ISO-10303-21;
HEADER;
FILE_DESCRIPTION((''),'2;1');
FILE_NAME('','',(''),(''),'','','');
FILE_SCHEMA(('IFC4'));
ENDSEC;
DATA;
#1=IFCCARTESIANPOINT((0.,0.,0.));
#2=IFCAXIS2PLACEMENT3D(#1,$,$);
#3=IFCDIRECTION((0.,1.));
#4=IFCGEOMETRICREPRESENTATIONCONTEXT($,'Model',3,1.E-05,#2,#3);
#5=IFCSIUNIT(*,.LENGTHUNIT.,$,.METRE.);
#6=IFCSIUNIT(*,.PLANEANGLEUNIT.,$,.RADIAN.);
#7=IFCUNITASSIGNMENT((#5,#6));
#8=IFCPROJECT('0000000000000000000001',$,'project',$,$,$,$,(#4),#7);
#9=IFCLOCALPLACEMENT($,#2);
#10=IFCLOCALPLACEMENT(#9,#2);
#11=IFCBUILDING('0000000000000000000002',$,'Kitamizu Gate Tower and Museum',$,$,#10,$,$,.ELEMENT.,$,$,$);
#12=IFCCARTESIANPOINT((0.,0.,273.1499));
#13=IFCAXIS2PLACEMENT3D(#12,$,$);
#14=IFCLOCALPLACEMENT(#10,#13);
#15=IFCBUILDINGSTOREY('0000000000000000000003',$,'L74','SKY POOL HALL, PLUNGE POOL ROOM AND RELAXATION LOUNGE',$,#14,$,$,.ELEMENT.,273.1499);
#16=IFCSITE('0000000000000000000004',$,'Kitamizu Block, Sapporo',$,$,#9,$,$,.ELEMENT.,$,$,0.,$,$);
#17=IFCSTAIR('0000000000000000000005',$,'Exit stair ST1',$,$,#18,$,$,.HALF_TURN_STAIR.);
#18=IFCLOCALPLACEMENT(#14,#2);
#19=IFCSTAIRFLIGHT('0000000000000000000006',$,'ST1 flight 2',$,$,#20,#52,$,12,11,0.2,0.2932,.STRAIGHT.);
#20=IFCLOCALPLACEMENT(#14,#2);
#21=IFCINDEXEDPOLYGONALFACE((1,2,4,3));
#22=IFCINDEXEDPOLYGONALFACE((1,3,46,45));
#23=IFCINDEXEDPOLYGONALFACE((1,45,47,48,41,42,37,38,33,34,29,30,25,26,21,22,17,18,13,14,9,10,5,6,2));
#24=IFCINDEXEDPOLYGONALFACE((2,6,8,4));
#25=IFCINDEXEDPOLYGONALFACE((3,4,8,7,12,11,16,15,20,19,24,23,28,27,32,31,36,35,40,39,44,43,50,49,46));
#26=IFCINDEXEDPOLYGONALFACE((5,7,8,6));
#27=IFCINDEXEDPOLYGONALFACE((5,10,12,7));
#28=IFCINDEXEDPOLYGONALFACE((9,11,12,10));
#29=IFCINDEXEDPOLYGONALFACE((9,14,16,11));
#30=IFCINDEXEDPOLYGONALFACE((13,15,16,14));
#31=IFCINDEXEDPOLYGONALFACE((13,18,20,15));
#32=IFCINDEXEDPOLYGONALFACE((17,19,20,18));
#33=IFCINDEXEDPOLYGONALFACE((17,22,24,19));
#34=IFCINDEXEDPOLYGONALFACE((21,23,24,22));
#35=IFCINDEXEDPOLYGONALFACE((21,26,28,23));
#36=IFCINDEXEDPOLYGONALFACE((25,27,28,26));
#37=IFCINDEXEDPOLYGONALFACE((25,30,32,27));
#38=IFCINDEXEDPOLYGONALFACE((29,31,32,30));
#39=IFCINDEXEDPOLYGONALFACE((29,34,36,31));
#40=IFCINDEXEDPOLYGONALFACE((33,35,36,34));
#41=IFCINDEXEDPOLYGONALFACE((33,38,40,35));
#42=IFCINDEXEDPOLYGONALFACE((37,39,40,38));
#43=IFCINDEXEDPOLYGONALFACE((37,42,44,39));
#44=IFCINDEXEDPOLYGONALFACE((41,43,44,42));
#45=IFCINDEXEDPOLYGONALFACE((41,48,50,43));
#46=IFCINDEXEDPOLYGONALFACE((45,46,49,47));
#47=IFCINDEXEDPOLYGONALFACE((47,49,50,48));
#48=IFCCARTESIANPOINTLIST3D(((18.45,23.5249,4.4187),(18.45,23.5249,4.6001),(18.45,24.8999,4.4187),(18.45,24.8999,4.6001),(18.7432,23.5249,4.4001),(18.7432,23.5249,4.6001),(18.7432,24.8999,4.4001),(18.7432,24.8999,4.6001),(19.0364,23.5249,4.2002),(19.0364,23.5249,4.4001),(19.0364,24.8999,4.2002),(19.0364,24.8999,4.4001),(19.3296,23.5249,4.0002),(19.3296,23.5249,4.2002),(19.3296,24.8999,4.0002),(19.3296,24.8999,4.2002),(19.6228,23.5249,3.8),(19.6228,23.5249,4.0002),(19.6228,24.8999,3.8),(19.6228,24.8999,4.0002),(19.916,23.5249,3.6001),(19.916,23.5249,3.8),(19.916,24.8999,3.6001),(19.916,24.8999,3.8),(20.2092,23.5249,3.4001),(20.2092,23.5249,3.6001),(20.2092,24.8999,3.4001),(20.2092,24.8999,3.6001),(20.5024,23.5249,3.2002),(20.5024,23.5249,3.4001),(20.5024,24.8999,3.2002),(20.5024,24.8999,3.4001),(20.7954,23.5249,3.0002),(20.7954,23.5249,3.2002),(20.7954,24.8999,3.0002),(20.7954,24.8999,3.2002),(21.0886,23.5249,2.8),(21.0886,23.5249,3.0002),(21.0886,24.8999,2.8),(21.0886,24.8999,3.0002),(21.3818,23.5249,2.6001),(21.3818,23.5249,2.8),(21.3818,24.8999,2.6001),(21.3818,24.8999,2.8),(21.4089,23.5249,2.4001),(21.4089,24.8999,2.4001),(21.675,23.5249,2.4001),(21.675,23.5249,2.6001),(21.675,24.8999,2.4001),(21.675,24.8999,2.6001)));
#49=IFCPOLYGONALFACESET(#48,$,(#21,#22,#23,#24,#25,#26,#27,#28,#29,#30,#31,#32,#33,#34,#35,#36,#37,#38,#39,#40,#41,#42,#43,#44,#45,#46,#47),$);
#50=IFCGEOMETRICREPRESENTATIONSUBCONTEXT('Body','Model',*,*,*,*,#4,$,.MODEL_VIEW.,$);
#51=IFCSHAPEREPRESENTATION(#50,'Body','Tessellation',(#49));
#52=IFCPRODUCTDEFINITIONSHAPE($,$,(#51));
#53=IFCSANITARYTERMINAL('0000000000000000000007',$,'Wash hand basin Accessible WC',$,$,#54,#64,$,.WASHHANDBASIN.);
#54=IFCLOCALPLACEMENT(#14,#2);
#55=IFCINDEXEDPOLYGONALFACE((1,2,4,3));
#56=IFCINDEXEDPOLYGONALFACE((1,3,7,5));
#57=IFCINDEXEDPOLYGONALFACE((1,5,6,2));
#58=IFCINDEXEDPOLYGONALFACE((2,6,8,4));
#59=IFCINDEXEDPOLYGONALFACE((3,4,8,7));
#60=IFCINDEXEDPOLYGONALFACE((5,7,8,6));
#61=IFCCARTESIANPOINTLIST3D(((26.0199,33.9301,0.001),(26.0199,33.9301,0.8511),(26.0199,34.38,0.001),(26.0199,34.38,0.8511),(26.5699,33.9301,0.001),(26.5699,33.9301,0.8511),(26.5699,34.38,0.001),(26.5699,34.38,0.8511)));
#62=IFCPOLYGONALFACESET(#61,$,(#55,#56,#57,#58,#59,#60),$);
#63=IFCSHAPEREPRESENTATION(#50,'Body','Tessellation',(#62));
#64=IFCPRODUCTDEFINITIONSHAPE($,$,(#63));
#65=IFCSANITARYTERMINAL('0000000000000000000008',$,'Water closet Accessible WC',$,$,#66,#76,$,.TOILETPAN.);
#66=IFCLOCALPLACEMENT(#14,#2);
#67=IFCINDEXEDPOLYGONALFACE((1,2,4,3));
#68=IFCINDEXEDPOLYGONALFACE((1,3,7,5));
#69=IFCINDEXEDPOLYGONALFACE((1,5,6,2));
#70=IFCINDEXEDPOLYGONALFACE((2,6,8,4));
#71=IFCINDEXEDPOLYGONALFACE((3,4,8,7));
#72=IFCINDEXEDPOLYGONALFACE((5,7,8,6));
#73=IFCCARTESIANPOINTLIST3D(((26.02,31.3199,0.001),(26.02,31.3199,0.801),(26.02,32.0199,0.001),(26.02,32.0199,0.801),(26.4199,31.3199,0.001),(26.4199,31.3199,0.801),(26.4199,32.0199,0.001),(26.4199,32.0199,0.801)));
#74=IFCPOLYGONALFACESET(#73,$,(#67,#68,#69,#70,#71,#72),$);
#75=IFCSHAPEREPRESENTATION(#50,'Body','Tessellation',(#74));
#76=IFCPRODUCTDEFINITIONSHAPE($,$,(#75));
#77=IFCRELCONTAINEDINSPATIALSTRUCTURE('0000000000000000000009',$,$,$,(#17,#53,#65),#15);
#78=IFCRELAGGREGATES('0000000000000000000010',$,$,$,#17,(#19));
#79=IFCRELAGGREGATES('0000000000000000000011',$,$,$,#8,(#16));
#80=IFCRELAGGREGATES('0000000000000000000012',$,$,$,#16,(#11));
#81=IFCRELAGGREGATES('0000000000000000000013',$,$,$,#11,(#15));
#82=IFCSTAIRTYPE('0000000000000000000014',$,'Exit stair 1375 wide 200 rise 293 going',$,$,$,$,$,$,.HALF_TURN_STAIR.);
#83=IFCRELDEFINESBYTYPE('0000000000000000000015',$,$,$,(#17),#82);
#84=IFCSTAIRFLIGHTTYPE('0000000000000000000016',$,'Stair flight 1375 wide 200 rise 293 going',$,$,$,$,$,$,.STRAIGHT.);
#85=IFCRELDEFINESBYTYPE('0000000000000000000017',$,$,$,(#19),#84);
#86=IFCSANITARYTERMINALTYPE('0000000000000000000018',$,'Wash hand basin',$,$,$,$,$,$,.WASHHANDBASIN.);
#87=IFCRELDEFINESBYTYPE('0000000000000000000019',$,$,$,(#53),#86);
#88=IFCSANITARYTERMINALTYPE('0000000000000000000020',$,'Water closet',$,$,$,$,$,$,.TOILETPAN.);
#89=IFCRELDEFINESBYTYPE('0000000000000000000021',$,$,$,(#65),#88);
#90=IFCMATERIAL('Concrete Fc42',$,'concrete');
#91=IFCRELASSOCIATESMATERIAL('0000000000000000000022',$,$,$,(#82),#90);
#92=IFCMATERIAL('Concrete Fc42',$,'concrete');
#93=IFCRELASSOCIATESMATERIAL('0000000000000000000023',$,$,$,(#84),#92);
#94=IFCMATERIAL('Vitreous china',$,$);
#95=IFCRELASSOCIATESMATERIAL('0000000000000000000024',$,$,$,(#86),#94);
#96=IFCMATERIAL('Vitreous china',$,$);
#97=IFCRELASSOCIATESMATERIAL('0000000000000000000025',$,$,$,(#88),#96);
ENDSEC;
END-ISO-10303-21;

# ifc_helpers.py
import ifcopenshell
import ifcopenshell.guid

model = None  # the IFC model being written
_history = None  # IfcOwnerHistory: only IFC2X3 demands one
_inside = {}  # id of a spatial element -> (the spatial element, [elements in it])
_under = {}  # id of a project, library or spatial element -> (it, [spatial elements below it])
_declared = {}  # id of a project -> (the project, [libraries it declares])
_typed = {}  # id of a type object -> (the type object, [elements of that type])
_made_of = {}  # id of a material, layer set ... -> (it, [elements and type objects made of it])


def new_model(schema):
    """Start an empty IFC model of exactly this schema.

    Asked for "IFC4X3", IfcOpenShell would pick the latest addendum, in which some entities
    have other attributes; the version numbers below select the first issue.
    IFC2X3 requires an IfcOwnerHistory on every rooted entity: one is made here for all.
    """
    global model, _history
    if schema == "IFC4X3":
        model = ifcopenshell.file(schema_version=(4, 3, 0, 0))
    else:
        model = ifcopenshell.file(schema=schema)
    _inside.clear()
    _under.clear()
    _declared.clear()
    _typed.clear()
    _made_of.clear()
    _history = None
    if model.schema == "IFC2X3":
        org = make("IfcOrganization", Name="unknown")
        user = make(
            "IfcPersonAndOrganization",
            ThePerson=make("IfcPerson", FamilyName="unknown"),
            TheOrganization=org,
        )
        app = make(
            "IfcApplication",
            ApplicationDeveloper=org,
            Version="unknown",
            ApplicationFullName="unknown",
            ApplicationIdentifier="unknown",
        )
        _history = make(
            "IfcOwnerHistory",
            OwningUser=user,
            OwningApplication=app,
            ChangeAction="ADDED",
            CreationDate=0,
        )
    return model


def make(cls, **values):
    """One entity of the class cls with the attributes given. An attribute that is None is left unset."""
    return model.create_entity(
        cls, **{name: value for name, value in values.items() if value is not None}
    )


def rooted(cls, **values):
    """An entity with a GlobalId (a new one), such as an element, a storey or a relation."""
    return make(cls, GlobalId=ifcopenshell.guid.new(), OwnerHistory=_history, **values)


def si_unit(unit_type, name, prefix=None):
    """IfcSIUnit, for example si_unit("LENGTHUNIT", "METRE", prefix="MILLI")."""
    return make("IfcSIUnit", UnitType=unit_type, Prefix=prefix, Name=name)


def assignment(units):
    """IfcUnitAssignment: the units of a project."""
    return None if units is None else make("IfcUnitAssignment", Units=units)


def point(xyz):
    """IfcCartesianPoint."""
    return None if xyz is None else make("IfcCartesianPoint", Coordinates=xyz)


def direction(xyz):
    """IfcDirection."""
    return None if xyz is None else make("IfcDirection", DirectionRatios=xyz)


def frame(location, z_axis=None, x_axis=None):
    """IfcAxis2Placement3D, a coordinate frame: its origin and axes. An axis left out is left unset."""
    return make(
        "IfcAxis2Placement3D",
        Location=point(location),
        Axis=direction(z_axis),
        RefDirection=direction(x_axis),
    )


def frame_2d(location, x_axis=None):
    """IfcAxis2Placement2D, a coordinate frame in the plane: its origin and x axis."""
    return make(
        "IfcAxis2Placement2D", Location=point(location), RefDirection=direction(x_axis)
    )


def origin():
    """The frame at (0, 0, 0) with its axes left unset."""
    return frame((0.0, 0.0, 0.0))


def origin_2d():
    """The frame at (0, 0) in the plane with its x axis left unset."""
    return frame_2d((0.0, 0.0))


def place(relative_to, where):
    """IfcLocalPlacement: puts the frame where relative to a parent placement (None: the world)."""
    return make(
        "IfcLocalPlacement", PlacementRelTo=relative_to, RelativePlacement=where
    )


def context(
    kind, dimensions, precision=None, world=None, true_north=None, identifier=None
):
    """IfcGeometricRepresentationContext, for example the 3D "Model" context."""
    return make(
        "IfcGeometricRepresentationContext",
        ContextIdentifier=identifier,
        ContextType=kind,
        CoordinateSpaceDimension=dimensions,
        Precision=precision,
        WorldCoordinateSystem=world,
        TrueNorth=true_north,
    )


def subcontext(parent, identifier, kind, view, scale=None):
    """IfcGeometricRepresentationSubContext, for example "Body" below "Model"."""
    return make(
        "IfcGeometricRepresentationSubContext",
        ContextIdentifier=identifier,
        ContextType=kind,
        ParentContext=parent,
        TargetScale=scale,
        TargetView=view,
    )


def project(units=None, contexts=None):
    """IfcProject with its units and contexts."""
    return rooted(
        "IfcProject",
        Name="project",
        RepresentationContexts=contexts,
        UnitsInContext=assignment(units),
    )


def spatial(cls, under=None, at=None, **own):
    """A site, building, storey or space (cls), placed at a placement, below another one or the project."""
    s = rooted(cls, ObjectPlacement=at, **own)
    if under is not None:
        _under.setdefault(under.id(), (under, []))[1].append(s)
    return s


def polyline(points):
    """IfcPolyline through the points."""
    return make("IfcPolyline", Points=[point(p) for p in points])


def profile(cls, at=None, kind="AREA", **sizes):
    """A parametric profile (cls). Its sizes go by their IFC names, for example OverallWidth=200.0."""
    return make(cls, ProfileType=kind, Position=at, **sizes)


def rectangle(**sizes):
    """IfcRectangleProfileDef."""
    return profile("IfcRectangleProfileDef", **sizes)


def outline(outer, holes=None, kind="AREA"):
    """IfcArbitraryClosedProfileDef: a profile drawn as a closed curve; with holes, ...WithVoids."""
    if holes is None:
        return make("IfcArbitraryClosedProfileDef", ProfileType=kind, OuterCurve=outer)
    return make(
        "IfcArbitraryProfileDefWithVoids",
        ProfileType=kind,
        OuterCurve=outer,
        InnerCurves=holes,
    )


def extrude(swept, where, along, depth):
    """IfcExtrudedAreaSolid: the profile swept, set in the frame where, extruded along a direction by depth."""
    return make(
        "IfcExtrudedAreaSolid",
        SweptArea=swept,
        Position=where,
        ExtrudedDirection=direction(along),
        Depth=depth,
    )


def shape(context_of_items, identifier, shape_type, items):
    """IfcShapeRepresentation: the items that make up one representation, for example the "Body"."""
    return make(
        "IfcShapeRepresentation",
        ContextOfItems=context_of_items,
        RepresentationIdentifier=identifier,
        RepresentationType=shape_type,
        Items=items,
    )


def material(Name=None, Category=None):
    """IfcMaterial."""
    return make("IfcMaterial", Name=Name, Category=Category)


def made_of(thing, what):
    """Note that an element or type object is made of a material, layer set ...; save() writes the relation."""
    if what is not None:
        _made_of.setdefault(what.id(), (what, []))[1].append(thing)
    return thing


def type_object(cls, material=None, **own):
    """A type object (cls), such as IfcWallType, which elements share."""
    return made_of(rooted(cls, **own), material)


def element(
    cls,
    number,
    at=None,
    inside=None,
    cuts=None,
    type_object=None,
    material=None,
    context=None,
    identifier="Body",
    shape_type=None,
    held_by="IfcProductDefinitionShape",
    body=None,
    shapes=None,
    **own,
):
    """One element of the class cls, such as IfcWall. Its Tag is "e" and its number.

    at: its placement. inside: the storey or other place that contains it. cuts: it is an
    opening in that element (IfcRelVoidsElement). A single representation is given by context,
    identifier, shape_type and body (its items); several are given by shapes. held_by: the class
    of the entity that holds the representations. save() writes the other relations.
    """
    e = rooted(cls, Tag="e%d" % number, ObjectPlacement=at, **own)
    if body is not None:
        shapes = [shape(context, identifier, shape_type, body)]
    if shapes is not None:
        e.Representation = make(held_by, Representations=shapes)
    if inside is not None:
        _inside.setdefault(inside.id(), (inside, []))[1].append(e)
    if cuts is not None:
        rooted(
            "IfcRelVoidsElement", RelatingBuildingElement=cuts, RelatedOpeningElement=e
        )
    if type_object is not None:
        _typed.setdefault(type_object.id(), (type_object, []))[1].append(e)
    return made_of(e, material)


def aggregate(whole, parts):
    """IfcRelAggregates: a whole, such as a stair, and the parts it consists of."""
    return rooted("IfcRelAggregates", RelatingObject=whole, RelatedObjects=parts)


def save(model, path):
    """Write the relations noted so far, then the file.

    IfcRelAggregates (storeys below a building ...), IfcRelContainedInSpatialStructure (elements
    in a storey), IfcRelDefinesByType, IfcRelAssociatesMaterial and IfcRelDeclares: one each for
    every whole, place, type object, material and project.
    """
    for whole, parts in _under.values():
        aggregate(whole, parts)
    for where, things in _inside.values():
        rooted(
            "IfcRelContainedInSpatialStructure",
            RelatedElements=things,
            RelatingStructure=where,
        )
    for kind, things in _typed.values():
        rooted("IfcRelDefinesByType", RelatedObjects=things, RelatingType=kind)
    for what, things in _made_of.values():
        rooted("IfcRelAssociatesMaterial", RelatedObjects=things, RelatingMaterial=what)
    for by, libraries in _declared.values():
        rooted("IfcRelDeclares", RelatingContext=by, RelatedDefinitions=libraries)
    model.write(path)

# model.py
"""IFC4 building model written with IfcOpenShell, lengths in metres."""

from ifc_helpers import new_model, si_unit, direction, frame, origin, origin_2d, place, context, subcontext, project, spatial, polyline, rectangle, outline, extrude, material, type_object, element, aggregate, save


model = new_model("IFC4")

# Units and contexts
model_context = context("Model", 3, precision=1e-05, world=origin(), true_north=direction((0.0, 1.0)))
body_context = subcontext(model_context, "Body", "Model", "MODEL_VIEW")
ifc_project = project(units=[si_unit("LENGTHUNIT", "METRE"), si_unit("PLANEANGLEUNIT", "RADIAN")], contexts=[model_context])

# Site, building, storey
site_placement = place(None, origin())
site = spatial("IfcSite", under=ifc_project, at=site_placement, Name="Kitamizu Block, Sapporo", CompositionType="ELEMENT", RefElevation=0.0)
building_placement = place(site_placement, origin())
building = spatial("IfcBuilding", under=site, at=building_placement, Name="Kitamizu Gate Tower and Museum", CompositionType="ELEMENT")
storey_placement = place(building_placement, frame((0.0, 0.0, 273.1499)))
storey = spatial("IfcBuildingStorey", under=building, at=storey_placement, Name="L74", Description="SKY POOL HALL, PLUNGE POOL ROOM AND RELAXATION LOUNGE", CompositionType="ELEMENT", Elevation=273.1499)

# Stair, stair flight
ifc_material_1 = material(Name="Concrete Fc42", Category="concrete")
stair_type = type_object("IfcStairType", Name="Exit stair 1375 wide 200 rise 293 going", PredefinedType="HALF_TURN_STAIR", material=ifc_material_1)
stair_placement = place(storey_placement, origin())
stair = element("IfcStair", 1, at=stair_placement, inside=storey, type_object=stair_type, Name="Exit stair ST1", PredefinedType="HALF_TURN_STAIR")
ifc_material_2 = material(Name="Concrete Fc42", Category="concrete")
stair_flight_type = type_object("IfcStairFlightType", Name="Stair flight 1375 wide 200 rise 293 going", PredefinedType="STRAIGHT", material=ifc_material_2)
stair_flight_placement = place(storey_placement, frame((21.675, 24.2124, 2.4001), z_axis=(0.0, 0.0, 1.0), x_axis=(-1.0, 0.0, 0.0)))
stair_flight = element("IfcStairFlight", 2, at=stair_flight_placement, type_object=stair_flight_type, Name="ST1 flight 2", NumberOfRisers=12, NumberOfTreads=11, PredefinedType="STRAIGHT", RiserHeight=0.2, TreadLength=0.2932, context=body_context, shape_type="SweptSolid", body=[
    extrude(outline(polyline([(0.0, 0.0), (0.0, 0.2), (0.2932, 0.2), (0.2932, 0.3999), (0.5864, 0.3999), (0.5864, 0.6001), (0.8796, 0.6001), (0.8796, 0.8), (1.1726, 0.8), (1.1726, 1.0), (1.4658, 1.0), (1.4658, 1.2), (1.759, 1.2), (1.759, 1.3999), (2.0522, 1.3999), (2.0522, 1.6001), (2.3455, 1.6001), (2.3455, 1.8), (2.6387, 1.8), (2.6387, 2.0), (2.9319, 2.0), (2.9319, 2.2), (3.2251, 2.2), (3.2251, 2.3999), (3.2251, 2.0186), (0.2661, 0.0), (0.0, 0.0)])), frame((0.0, 0.6875, 0.0), z_axis=(0.0, -1.0, 0.0), x_axis=(1.0, 0.0, 0.0)), (0.0, 0.0, 1.0), 1.375),
])
aggregate(stair, [stair_flight])

# Sanitary terminals
ifc_material_3 = material(Name="Vitreous china")
sanitary_terminal_type_1 = type_object("IfcSanitaryTerminalType", Name="Wash hand basin", PredefinedType="WASHHANDBASIN", material=ifc_material_3)
sanitary_terminal_1_placement = place(storey_placement, frame((26.2949, 34.155, 0.001), z_axis=(0.0, 0.0, 1.0), x_axis=(1.0, 0.0, 0.0)))
element("IfcSanitaryTerminal", 3, at=sanitary_terminal_1_placement, inside=storey, type_object=sanitary_terminal_type_1, Name="Wash hand basin Accessible WC", PredefinedType="WASHHANDBASIN", context=body_context, shape_type="SweptSolid", body=[
    extrude(rectangle(XDim=0.55, YDim=0.45, at=origin_2d()), origin(), (0.0, 0.0, 1.0), 0.8501),
])
ifc_material_4 = material(Name="Vitreous china")
sanitary_terminal_type_2 = type_object("IfcSanitaryTerminalType", Name="Water closet", PredefinedType="TOILETPAN", material=ifc_material_4)
sanitary_terminal_2_placement = place(storey_placement, frame((26.22, 31.6699, 0.001), z_axis=(0.0, 0.0, 1.0), x_axis=(1.0, 0.0, 0.0)))
element("IfcSanitaryTerminal", 4, at=sanitary_terminal_2_placement, inside=storey, type_object=sanitary_terminal_type_2, Name="Water closet Accessible WC", PredefinedType="TOILETPAN", context=body_context, shape_type="SweptSolid", body=[
    extrude(rectangle(XDim=0.3999, YDim=0.7, at=origin_2d()), origin(), (0.0, 0.0, 1.0), 0.8),
])

save(model, "model.ifc")
